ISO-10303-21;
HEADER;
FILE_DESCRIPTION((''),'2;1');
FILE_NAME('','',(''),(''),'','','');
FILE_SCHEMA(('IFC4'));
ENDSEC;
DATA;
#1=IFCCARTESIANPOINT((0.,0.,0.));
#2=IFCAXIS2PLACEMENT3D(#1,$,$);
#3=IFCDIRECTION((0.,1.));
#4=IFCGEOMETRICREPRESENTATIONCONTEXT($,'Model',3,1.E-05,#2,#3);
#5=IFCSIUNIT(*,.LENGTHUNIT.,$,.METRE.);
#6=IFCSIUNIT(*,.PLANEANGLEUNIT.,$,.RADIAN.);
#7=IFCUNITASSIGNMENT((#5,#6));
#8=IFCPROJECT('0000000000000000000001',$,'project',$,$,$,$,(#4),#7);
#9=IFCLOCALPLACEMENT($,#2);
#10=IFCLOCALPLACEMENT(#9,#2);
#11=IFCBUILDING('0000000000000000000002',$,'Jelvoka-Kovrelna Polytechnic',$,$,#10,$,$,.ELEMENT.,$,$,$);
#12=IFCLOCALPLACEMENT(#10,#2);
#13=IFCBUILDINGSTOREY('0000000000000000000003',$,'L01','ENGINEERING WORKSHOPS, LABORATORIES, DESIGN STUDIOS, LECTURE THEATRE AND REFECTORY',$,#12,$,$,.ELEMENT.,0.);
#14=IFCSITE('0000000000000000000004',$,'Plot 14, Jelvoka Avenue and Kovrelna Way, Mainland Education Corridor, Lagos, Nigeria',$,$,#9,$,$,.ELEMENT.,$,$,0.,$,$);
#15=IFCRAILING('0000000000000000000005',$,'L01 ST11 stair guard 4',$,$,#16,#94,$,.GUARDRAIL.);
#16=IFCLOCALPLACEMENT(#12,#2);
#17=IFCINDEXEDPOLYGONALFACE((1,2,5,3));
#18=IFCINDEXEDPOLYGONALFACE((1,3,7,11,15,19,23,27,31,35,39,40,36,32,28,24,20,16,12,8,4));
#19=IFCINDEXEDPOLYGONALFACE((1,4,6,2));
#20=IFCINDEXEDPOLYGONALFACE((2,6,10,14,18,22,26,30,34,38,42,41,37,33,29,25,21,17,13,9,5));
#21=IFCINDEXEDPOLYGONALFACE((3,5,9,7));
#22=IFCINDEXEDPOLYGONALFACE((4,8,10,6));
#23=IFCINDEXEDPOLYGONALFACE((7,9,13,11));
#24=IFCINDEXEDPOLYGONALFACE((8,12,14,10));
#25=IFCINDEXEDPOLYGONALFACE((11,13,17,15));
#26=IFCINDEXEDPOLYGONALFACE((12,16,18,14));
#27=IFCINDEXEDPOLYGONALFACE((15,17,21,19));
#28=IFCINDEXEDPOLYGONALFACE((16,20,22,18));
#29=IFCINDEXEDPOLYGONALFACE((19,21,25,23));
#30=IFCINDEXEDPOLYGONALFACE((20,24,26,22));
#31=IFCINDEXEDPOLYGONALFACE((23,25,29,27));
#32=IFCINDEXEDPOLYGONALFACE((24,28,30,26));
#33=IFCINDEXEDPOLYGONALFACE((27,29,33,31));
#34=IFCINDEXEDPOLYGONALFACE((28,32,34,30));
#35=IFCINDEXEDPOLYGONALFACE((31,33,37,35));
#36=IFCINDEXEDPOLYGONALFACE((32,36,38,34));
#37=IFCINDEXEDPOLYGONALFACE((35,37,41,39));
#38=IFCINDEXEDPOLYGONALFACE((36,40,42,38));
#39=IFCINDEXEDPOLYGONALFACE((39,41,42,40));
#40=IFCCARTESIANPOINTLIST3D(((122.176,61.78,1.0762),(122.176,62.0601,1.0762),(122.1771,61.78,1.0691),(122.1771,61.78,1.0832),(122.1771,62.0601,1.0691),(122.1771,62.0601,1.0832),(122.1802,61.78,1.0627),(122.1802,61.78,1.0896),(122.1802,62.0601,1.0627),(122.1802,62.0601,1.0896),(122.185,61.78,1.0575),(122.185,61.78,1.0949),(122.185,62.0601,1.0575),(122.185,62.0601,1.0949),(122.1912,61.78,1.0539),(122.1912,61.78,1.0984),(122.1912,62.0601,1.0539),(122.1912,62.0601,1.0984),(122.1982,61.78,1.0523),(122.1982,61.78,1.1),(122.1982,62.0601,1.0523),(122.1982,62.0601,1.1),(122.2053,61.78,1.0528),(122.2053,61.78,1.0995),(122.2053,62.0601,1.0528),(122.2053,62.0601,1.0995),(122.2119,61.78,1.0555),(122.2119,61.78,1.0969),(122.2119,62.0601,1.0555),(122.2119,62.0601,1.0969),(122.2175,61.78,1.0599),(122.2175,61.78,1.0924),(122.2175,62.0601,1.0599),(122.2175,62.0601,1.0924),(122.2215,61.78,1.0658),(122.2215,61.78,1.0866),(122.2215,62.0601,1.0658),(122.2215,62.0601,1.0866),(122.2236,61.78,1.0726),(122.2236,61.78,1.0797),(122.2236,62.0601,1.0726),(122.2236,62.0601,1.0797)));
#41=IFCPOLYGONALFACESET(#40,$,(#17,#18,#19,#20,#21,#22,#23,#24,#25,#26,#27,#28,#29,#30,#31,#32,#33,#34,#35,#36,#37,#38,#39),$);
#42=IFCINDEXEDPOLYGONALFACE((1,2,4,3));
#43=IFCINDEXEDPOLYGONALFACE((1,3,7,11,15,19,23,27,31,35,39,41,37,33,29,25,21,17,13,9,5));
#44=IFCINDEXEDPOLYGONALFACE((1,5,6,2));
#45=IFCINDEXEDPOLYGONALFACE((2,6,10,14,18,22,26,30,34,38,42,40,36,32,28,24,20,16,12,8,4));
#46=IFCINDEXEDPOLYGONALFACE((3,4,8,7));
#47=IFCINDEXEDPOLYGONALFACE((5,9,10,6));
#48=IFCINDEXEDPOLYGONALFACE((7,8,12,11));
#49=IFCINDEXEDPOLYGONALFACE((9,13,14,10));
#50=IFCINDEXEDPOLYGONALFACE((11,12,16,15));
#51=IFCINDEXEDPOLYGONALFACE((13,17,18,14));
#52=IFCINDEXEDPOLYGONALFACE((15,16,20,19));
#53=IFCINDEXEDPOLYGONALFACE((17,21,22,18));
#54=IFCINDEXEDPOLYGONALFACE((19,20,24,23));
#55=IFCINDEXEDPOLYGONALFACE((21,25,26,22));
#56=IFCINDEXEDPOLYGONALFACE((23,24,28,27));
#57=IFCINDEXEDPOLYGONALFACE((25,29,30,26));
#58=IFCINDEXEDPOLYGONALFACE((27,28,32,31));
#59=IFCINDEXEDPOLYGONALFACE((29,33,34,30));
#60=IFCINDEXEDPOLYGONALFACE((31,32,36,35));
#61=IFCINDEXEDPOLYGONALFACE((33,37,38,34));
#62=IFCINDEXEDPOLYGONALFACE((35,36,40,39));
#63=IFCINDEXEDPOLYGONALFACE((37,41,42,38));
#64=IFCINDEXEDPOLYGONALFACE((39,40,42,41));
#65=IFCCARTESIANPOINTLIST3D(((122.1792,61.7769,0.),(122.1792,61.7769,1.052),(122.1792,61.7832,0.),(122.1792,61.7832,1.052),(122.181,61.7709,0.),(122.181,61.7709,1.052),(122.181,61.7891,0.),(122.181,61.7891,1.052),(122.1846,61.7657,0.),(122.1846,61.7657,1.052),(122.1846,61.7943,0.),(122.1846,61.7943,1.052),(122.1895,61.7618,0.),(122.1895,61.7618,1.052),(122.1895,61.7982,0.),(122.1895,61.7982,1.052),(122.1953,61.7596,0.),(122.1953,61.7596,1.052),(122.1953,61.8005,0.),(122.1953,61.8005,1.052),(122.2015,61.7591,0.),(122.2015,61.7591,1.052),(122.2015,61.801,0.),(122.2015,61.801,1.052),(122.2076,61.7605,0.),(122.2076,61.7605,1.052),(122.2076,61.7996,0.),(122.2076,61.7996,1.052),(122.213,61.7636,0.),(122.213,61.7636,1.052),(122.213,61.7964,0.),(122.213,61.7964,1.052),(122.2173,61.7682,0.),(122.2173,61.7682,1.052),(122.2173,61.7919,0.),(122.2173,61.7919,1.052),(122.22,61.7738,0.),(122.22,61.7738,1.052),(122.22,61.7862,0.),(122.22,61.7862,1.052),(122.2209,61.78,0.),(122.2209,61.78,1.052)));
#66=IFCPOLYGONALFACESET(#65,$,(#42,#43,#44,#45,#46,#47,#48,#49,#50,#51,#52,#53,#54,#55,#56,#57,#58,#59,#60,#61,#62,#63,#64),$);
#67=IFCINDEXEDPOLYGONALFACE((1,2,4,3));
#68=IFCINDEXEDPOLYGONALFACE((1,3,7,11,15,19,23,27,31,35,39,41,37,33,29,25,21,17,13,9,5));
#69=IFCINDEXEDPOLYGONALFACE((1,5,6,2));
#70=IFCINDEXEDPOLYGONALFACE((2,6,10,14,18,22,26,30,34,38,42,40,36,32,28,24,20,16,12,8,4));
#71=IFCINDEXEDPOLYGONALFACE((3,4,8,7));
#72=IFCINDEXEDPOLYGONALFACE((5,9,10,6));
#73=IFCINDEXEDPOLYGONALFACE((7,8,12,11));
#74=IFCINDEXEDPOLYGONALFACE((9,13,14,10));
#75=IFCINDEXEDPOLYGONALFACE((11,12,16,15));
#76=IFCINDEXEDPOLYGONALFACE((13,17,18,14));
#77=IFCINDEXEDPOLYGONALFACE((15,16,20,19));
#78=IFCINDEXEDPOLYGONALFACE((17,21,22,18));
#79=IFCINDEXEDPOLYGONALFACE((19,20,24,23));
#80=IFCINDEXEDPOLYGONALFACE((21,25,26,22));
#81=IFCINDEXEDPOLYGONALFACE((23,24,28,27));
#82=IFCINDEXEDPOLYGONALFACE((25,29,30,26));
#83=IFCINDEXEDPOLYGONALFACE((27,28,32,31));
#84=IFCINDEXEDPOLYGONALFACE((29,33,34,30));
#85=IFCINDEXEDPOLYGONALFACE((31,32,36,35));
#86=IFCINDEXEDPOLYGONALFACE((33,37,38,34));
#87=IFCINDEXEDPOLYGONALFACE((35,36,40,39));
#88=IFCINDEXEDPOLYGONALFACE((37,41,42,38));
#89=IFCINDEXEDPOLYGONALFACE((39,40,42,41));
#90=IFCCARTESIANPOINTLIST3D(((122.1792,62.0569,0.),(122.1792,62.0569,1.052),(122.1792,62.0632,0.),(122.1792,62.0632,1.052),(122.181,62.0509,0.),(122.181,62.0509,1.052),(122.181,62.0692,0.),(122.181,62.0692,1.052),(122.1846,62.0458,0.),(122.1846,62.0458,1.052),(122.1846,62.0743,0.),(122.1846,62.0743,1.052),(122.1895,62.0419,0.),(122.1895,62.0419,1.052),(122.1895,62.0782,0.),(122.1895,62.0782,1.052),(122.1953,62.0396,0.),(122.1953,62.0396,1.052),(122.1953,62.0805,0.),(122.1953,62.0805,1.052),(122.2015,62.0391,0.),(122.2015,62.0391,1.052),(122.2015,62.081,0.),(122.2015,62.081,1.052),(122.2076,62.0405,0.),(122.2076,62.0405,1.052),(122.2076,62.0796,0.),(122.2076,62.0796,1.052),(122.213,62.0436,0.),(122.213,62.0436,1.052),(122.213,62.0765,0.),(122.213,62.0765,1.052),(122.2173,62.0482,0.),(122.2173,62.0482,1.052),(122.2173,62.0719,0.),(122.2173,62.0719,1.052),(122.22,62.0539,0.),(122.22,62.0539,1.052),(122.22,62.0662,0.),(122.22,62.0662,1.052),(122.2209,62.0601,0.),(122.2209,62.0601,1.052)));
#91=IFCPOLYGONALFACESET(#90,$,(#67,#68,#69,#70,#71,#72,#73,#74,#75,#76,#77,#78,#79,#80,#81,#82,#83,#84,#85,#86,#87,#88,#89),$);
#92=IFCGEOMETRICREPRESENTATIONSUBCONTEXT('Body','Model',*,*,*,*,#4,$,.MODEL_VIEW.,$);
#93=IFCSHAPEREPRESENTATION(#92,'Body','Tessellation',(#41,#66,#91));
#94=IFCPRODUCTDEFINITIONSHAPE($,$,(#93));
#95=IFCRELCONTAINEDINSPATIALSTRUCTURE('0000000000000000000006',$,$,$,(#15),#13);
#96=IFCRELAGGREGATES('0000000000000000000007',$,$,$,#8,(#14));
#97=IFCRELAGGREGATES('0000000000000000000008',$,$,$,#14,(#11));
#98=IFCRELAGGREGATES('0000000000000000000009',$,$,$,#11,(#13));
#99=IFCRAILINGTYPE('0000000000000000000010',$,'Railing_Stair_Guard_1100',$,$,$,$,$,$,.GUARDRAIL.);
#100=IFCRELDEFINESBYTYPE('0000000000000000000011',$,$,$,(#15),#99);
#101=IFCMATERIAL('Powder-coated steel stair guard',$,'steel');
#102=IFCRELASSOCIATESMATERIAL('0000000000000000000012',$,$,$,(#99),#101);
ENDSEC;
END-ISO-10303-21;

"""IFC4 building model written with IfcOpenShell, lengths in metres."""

from ifc_helpers import new_model, si_unit, direction, frame, origin, origin_2d, place, context, subcontext, project, spatial, circle, extrude, material, type_object, element, save


model = new_model("IFC4")

# Units and contexts
model_context = context("Model", 3, precision=1e-05, world=origin(), true_north=direction((0.0, 1.0)))
body_context = subcontext(model_context, "Body", "Model", "MODEL_VIEW")
ifc_project = project(units=[si_unit("LENGTHUNIT", "METRE"), si_unit("PLANEANGLEUNIT", "RADIAN")], contexts=[model_context])

# Site, building, storey
site_placement = place(None, origin())
site = spatial("IfcSite", under=ifc_project, at=site_placement, Name="Plot 14, Jelvoka Avenue and Kovrelna Way, Mainland Education Corridor, Lagos, Nigeria", CompositionType="ELEMENT", RefElevation=0.0)
building_placement = place(site_placement, origin())
building = spatial("IfcBuilding", under=site, at=building_placement, Name="Jelvoka-Kovrelna Polytechnic", CompositionType="ELEMENT")
storey_placement = place(building_placement, origin())
storey = spatial("IfcBuildingStorey", under=building, at=storey_placement, Name="L01", Description="ENGINEERING WORKSHOPS, LABORATORIES, DESIGN STUDIOS, LECTURE THEATRE AND REFECTORY", CompositionType="ELEMENT", Elevation=0.0)

# Railing
ifc_material_1 = material(Name="Powder-coated steel stair guard", Category="steel")
railing_type_1 = type_object("IfcRailingType", Name="Railing_Stair_Guard_1100", PredefinedType="GUARDRAIL", material=ifc_material_1)
railing_1_placement = place(storey_placement, frame((122.2, 61.78, 0.0)))
element("IfcRailing", 1, at=railing_1_placement, inside=storey, type_object=railing_type_1, Name="L01 ST11 stair guard 4", PredefinedType="GUARDRAIL", context=body_context, shape_type="SweptSolid", body=[
    extrude(circle(Radius=0.0239, at=origin_2d()), frame((0.0, 0.0, 1.0762), z_axis=(0.0, 1.0, 0.0), x_axis=(-1.0, 0.0, 0.0)), (0.0, 0.0, 1.0), 0.28),
    extrude(circle(Radius=0.021, at=origin_2d()), origin(), (0.0, 0.0, 1.0), 1.052),
    extrude(circle(Radius=0.021, at=origin_2d()), frame((0.0, 0.28, 0.0)), (0.0, 0.0, 1.0), 1.052),
])

save(model, "model.ifc")
